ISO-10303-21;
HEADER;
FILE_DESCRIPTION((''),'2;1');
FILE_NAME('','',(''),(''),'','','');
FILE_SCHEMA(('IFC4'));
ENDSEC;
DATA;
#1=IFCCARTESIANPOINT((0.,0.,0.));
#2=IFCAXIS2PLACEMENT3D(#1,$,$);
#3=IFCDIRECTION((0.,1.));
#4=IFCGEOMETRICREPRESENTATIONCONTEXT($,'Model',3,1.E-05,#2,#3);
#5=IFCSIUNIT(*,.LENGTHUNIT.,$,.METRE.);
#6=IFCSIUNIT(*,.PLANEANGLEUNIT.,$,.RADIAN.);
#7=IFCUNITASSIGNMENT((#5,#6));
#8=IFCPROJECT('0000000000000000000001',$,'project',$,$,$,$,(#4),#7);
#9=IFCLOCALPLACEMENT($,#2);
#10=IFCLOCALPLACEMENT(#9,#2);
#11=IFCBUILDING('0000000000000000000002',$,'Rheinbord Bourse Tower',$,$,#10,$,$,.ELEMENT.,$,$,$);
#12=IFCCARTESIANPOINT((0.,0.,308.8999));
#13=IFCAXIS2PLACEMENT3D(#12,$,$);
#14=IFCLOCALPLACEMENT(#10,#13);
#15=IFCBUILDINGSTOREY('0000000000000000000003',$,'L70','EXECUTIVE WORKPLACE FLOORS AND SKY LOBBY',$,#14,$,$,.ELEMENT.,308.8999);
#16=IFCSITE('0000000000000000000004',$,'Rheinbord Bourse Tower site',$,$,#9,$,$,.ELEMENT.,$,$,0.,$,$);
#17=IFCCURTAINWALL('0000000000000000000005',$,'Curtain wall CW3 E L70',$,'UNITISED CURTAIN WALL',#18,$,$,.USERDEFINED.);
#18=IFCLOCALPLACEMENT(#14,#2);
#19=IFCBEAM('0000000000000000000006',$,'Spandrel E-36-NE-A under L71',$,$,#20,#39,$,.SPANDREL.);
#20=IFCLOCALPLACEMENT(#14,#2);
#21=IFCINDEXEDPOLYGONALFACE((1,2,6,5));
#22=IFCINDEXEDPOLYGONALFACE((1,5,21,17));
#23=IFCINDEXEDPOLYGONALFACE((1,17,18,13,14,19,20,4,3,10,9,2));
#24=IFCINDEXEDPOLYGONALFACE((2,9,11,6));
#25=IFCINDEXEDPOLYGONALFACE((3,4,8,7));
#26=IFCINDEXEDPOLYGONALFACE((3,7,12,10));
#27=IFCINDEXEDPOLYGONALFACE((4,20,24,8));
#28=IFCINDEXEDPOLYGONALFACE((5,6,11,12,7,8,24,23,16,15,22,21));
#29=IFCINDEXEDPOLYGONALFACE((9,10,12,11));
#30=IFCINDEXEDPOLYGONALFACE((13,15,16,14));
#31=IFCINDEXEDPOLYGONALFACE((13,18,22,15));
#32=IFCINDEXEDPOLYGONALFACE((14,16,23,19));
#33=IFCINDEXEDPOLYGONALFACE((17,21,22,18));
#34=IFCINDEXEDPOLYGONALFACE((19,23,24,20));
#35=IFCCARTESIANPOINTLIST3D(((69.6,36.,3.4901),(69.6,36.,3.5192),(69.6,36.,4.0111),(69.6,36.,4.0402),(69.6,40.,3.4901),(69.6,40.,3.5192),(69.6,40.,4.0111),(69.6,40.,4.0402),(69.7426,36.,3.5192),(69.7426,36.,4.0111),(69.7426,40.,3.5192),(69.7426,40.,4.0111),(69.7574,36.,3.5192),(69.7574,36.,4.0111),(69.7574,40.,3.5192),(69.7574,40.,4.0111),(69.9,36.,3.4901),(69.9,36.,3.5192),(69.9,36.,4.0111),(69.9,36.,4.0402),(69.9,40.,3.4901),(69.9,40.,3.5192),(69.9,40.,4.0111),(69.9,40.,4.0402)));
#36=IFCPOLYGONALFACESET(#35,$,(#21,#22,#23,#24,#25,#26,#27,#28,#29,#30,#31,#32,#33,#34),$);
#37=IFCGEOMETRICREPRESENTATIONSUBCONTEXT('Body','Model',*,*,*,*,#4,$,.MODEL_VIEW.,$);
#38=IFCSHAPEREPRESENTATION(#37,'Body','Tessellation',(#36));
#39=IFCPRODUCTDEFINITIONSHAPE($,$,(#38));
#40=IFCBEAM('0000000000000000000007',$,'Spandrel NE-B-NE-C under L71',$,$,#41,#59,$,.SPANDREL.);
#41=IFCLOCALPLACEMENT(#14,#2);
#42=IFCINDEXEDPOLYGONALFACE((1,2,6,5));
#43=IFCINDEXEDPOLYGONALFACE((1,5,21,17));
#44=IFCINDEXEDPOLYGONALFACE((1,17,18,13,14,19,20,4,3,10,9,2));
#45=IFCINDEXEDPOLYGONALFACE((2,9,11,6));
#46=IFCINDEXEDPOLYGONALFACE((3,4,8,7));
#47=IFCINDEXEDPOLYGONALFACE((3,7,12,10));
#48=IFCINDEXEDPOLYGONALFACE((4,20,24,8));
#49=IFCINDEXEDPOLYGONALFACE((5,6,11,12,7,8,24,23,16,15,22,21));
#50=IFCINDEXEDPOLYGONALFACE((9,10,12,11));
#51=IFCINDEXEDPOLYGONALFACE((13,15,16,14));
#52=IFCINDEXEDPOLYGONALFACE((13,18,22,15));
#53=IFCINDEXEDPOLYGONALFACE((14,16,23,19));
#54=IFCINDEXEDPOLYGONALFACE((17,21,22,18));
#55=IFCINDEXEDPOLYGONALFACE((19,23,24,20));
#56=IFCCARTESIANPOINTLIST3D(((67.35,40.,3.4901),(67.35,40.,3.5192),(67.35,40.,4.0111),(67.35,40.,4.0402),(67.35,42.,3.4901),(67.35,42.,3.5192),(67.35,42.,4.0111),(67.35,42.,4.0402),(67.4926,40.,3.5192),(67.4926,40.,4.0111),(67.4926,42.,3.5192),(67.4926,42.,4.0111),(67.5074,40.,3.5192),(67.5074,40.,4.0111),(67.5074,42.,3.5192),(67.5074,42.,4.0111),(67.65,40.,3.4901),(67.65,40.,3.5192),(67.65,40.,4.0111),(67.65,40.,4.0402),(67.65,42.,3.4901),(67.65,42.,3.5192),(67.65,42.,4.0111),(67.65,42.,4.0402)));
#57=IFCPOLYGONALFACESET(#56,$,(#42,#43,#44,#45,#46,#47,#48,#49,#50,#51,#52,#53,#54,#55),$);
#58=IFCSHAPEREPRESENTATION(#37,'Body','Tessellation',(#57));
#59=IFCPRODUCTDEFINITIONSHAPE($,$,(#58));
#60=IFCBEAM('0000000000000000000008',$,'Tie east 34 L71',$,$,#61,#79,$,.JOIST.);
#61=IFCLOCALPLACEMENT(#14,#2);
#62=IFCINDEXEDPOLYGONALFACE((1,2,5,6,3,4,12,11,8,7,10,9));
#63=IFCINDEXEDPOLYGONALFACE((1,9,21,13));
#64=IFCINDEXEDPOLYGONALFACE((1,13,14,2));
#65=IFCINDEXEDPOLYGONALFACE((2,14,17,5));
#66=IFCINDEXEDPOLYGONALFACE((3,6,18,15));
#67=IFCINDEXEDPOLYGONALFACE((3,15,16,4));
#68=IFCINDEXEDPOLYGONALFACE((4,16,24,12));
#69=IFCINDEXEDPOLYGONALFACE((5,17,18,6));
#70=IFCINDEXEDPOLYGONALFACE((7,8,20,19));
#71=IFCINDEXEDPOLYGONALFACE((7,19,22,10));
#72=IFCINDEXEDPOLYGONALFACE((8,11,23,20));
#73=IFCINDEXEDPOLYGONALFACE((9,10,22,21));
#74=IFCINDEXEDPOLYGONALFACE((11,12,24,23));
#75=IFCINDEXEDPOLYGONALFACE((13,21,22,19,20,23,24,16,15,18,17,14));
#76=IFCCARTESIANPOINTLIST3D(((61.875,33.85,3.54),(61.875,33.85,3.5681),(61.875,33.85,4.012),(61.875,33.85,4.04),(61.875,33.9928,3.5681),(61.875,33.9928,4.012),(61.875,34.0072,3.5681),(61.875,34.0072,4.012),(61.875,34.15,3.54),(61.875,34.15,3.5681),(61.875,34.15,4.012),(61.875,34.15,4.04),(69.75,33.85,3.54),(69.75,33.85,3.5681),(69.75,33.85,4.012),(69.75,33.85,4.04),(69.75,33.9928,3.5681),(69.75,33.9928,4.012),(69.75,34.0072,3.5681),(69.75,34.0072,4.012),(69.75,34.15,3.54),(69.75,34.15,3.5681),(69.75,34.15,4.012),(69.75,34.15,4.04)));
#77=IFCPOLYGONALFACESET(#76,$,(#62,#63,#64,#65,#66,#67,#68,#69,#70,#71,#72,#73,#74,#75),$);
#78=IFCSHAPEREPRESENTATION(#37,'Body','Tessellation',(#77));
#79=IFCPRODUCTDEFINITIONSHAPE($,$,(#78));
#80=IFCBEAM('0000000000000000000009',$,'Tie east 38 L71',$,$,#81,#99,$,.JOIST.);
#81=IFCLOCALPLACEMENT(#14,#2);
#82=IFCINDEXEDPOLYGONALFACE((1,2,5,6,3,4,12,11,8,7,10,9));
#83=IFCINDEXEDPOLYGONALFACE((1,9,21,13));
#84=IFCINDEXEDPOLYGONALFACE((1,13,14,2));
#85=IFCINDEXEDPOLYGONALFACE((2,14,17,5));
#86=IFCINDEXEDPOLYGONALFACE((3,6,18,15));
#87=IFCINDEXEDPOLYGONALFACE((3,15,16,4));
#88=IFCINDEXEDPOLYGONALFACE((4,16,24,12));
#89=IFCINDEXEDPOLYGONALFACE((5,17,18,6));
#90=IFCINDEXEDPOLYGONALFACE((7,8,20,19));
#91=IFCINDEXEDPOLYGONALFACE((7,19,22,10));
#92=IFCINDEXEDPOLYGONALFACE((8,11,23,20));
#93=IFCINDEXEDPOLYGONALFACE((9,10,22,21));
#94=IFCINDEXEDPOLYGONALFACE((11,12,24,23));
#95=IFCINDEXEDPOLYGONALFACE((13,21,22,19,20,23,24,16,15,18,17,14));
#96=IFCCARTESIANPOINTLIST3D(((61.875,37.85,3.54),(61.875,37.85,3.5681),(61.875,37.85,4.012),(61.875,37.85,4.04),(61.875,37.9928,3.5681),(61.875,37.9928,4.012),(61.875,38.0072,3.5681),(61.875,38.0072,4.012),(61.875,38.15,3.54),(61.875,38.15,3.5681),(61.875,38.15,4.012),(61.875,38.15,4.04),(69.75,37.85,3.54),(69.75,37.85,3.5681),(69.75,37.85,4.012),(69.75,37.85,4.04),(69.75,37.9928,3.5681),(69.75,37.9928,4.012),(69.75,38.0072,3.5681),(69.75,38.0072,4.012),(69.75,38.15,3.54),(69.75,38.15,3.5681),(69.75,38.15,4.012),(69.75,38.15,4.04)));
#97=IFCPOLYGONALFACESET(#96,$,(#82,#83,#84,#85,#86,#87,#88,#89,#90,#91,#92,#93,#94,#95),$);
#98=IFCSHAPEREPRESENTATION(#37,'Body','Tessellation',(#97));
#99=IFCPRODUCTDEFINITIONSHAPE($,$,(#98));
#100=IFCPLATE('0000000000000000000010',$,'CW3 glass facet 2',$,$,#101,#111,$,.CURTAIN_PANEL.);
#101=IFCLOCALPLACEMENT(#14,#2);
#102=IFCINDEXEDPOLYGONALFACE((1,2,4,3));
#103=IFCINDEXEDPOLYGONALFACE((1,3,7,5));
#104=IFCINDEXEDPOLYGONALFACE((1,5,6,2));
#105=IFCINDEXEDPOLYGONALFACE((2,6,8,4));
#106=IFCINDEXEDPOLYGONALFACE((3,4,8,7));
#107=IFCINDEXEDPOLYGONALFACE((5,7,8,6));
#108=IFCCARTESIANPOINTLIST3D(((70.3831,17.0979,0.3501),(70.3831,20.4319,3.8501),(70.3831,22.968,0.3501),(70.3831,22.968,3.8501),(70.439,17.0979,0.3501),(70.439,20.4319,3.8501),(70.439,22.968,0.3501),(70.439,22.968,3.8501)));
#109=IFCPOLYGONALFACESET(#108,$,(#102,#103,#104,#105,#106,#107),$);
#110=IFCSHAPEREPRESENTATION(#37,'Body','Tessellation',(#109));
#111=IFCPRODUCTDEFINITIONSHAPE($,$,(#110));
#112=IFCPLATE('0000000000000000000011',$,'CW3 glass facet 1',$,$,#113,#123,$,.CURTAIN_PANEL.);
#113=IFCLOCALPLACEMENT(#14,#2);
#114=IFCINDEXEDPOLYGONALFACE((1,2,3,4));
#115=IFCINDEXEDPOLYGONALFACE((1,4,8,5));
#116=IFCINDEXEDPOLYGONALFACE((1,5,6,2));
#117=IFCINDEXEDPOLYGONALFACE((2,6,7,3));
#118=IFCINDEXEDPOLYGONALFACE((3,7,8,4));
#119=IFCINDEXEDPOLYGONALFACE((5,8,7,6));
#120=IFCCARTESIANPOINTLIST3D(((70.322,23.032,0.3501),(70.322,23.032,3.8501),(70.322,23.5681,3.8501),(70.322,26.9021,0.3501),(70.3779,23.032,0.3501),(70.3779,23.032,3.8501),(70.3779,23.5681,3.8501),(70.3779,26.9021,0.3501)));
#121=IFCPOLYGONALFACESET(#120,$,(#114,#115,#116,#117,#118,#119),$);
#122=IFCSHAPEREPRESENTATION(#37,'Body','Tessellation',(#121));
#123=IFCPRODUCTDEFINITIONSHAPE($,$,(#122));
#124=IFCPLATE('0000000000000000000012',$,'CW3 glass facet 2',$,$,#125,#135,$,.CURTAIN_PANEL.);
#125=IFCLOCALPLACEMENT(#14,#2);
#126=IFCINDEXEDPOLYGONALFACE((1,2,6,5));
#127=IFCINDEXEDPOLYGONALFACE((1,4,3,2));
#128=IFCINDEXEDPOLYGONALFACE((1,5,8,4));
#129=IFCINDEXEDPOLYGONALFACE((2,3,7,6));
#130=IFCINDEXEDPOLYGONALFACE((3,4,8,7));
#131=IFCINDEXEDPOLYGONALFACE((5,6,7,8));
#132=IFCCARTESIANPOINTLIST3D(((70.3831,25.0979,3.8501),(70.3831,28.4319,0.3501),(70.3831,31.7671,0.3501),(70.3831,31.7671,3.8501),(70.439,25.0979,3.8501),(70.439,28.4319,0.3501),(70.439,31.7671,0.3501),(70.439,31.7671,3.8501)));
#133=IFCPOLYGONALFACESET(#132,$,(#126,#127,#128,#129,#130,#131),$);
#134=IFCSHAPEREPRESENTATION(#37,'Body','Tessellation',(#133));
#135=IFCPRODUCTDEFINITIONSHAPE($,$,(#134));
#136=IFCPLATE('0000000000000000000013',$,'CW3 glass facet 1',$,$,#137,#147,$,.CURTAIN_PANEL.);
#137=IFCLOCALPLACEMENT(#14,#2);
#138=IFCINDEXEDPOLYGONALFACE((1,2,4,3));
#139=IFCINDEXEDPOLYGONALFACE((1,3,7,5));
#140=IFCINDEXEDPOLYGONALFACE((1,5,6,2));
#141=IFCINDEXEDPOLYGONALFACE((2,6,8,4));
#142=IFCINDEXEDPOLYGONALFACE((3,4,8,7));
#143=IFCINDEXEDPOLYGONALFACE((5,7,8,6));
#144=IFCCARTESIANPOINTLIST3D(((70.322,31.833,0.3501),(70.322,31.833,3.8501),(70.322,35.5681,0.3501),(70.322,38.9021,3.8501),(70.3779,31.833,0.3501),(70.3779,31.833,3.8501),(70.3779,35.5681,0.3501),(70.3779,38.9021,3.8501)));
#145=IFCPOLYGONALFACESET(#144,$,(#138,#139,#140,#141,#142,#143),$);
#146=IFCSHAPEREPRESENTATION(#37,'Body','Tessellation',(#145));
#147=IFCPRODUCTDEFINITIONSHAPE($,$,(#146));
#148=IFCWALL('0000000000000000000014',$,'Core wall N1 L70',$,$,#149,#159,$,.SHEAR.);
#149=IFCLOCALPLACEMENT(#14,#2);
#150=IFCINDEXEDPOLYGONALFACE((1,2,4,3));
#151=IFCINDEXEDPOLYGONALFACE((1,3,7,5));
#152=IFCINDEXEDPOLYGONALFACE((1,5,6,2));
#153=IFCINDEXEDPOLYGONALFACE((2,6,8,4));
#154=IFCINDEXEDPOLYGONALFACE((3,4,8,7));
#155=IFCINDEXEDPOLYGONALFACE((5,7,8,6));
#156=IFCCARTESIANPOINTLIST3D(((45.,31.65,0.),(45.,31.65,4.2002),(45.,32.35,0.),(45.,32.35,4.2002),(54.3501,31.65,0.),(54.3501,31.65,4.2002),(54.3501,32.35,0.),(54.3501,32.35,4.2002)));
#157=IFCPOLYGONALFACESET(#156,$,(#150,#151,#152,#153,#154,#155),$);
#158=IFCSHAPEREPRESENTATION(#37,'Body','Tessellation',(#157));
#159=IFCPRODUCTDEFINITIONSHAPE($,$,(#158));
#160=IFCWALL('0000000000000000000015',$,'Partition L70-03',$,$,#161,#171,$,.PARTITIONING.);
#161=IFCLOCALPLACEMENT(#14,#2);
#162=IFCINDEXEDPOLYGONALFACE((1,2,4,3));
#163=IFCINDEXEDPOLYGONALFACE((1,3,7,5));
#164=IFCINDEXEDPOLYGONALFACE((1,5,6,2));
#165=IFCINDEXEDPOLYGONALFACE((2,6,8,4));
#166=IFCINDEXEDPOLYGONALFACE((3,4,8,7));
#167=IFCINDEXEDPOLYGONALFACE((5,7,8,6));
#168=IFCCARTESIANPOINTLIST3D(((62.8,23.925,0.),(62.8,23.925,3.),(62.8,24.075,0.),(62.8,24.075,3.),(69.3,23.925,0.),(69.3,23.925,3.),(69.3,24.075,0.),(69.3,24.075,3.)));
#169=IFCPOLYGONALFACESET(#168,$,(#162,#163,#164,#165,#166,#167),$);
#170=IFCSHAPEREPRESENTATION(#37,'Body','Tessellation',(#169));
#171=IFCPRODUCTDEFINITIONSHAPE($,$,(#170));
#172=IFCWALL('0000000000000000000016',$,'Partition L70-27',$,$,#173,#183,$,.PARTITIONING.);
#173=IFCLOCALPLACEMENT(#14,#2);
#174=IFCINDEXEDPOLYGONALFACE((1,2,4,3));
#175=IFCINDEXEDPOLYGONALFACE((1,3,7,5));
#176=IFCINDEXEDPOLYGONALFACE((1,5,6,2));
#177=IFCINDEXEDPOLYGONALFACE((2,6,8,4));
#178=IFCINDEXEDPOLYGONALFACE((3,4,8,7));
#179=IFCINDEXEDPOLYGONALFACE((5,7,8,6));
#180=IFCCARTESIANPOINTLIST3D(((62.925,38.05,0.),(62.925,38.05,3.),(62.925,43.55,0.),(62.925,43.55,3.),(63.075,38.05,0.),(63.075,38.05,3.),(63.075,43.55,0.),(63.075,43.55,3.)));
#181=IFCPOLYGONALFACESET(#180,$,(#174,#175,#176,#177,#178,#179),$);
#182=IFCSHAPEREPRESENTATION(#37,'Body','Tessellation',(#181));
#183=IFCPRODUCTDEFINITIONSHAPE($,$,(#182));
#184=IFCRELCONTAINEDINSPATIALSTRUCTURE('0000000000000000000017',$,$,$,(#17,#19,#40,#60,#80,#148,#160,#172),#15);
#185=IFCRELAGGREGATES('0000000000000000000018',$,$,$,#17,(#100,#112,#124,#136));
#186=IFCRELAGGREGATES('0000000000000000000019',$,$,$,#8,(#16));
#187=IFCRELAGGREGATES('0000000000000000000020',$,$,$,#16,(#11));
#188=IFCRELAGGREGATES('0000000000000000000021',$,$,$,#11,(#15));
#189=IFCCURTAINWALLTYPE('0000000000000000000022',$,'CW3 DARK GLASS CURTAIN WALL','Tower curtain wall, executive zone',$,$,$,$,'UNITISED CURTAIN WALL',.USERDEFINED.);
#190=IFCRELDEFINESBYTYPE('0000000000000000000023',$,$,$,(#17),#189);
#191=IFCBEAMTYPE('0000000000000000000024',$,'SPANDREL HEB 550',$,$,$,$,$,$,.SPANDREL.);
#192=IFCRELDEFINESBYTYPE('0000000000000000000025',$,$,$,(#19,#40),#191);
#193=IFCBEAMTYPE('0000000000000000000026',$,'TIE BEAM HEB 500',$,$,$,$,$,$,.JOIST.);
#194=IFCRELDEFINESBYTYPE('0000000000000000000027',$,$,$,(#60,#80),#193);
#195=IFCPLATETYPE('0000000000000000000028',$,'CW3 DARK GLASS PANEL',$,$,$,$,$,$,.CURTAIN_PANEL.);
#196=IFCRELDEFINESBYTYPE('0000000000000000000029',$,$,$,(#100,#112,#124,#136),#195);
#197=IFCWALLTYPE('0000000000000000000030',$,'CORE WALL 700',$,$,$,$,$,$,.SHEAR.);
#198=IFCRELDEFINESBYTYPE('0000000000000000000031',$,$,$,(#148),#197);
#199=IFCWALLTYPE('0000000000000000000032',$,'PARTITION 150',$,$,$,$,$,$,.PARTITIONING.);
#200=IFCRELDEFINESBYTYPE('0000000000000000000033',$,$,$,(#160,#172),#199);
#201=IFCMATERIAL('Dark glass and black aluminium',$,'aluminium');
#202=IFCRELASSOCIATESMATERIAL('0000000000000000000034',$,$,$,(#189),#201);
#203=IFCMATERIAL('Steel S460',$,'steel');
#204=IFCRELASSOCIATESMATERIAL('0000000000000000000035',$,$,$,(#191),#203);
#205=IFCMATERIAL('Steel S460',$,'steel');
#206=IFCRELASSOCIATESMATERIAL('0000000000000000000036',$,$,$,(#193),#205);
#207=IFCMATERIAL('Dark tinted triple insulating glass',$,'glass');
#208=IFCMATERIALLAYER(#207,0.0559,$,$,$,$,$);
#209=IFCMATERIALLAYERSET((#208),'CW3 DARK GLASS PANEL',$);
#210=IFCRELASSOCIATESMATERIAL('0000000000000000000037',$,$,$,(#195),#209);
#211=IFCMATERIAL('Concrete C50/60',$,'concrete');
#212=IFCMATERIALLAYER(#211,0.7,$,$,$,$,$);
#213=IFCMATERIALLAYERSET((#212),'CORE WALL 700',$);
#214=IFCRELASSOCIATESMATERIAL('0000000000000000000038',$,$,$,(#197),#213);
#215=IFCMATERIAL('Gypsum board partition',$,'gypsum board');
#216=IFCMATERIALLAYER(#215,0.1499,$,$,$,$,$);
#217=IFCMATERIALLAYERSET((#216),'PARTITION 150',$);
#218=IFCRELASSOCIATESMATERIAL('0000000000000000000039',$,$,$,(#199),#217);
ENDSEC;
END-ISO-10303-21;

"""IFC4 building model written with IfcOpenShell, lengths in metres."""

from ifc_helpers import new_model, si_unit, direction, frame, frame_2d, origin, origin_2d, place, context, subcontext, project, spatial, polyline, rectangle, i_section, outline, extrude, material, layer, layer_set, material_profile, profile_set, type_object, element, aggregate, save


model = new_model("IFC4")

# Units and contexts
model_context = context("Model", 3, precision=1e-05, world=origin(), true_north=direction((0.0, 1.0)))
body_context = subcontext(model_context, "Body", "Model", "MODEL_VIEW")
ifc_project = project(units=[si_unit("LENGTHUNIT", "METRE"), si_unit("PLANEANGLEUNIT", "RADIAN")], contexts=[model_context])

# Site, building, storey
site_placement = place(None, origin())
site = spatial("IfcSite", under=ifc_project, at=site_placement, Name="Rheinbord Bourse Tower site", CompositionType="ELEMENT", RefElevation=0.0)
building_placement = place(site_placement, origin())
building = spatial("IfcBuilding", under=site, at=building_placement, Name="Rheinbord Bourse Tower", CompositionType="ELEMENT")
storey_placement = place(building_placement, frame((0.0, 0.0, 308.8999)))
storey = spatial("IfcBuildingStorey", under=building, at=storey_placement, Name="L70", Description="EXECUTIVE WORKPLACE FLOORS AND SKY LOBBY", CompositionType="ELEMENT", Elevation=308.8999)

# Curtain wall
ifc_material_1 = material(Name="Dark glass and black aluminium", Category="aluminium")
curtain_wall_type = type_object("IfcCurtainWallType", Name="CW3 DARK GLASS CURTAIN WALL", Description="Tower curtain wall, executive zone", ElementType="UNITISED CURTAIN WALL", PredefinedType="USERDEFINED", material=ifc_material_1)
curtain_wall_placement = place(storey_placement, origin())
curtain_wall = element("IfcCurtainWall", 1, at=curtain_wall_placement, inside=storey, type_object=curtain_wall_type, Name="Curtain wall CW3 E L70", ObjectType="UNITISED CURTAIN WALL", PredefinedType="USERDEFINED")

# Beams
ifc_material_2 = material(Name="Steel S460", Category="steel")
ifc_material_profile_1 = material_profile(ifc_material_2, i_section(OverallWidth=0.3, OverallDepth=0.55, WebThickness=0.0149, FlangeThickness=0.0291, at=origin_2d()), Name="HEB 550")
ifc_profile_set_1 = profile_set([ifc_material_profile_1], Name="Steel S460")
beam_type_1 = type_object("IfcBeamType", Name="SPANDREL HEB 550", PredefinedType="SPANDREL", material=ifc_profile_set_1)
for number, where, z_axis, x_axis, name in (
    (2, (69.75, 36.0, 3.7651), (0.0, 1.0, 0.0), (-1.0, 0.0, 0.0), "Spandrel E-36-NE-A under L71"),
):
    element("IfcBeam", number, at=place(storey_placement, frame(where, z_axis=z_axis, x_axis=x_axis)), inside=storey, type_object=beam_type_1, Name=name, PredefinedType="SPANDREL", context=body_context, shape_type="SweptSolid", body=[
        extrude(i_section(OverallWidth=0.3, OverallDepth=0.55, WebThickness=0.0149, FlangeThickness=0.0291, at=origin_2d()), origin(), (0.0, 0.0, 1.0), 4.0),
    ])
beam_placement = place(storey_placement, frame((67.5, 40.0, 3.7651), z_axis=(0.0, 1.0, 0.0), x_axis=(-1.0, 0.0, 0.0)))
element("IfcBeam", 3, at=beam_placement, inside=storey, type_object=beam_type_1, Name="Spandrel NE-B-NE-C under L71", PredefinedType="SPANDREL", context=body_context, shape_type="SweptSolid", body=[
    extrude(i_section(OverallWidth=0.3, OverallDepth=0.55, WebThickness=0.0149, FlangeThickness=0.0291, at=origin_2d()), origin(), (0.0, 0.0, 1.0), 2.0),
])
ifc_material_3 = material(Name="Steel S460", Category="steel")
ifc_material_profile_2 = material_profile(ifc_material_3, i_section(OverallWidth=0.3, OverallDepth=0.5, WebThickness=0.0144, FlangeThickness=0.0281, at=origin_2d()), Name="HEB 500")
ifc_profile_set_2 = profile_set([ifc_material_profile_2], Name="Steel S460")
beam_type_2 = type_object("IfcBeamType", Name="TIE BEAM HEB 500", PredefinedType="JOIST", material=ifc_profile_set_2)
for number, where, z_axis, x_axis, name in (
    (4, (61.875, 34.0, 3.79), (1.0, 0.0, 0.0), (0.0, 1.0, 0.0), "Tie east 34 L71"),
    (5, (61.875, 38.0, 3.79), (1.0, 0.0, 0.0), (0.0, 1.0, 0.0), "Tie east 38 L71"),
):
    element("IfcBeam", number, at=place(storey_placement, frame(where, z_axis=z_axis, x_axis=x_axis)), inside=storey, type_object=beam_type_2, Name=name, PredefinedType="JOIST", context=body_context, shape_type="SweptSolid", body=[
        extrude(i_section(OverallWidth=0.3, OverallDepth=0.5, WebThickness=0.0144, FlangeThickness=0.0281, at=origin_2d()), origin(), (0.0, 0.0, 1.0), 7.875),
    ])

# Plates
ifc_material_4 = material(Name="Dark tinted triple insulating glass", Category="glass")
ifc_layer_1 = layer(ifc_material_4, 0.0559)
ifc_layer_set_1 = layer_set([ifc_layer_1], Name="CW3 DARK GLASS PANEL")
plate_type = type_object("IfcPlateType", Name="CW3 DARK GLASS PANEL", PredefinedType="CURTAIN_PANEL", material=ifc_layer_set_1)
plate_1_placement = place(storey_placement, frame((70.439, 22.968, 3.8501), z_axis=(-1.0, 0.0, 0.0), x_axis=(0.0, 0.0, -1.0)))
plate_1 = element("IfcPlate", 6, at=plate_1_placement, type_object=plate_type, Name="CW3 glass facet 2", PredefinedType="CURTAIN_PANEL", context=body_context, shape_type="SweptSolid", body=[
    extrude(outline(polyline([(0.0, 0.0), (3.5, 0.0), (3.5, 5.8701), (0.0, 2.5361), (0.0, 0.0)])), origin(), (0.0, 0.0, 1.0), 0.0559),
])
plate_2_placement = place(storey_placement, frame((70.3779, 23.032, 0.3501), z_axis=(-1.0, 0.0, 0.0), x_axis=(0.0, 0.0, 1.0)))
plate_2 = element("IfcPlate", 7, at=plate_2_placement, type_object=plate_type, Name="CW3 glass facet 1", PredefinedType="CURTAIN_PANEL", context=body_context, shape_type="SweptSolid", body=[
    extrude(outline(polyline([(0.0, 0.0), (3.5, 0.0), (3.5, 0.5361), (0.0, 3.8701), (0.0, 0.0)])), origin(), (0.0, 0.0, 1.0), 0.0559),
])
plate_3_placement = place(storey_placement, frame((70.439, 31.7671, 3.8501), z_axis=(-1.0, 0.0, 0.0), x_axis=(0.0, 0.0, -1.0)))
plate_3 = element("IfcPlate", 8, at=plate_3_placement, type_object=plate_type, Name="CW3 glass facet 2", PredefinedType="CURTAIN_PANEL", context=body_context, shape_type="SweptSolid", body=[
    extrude(outline(polyline([(0.0, 0.0), (3.5, 0.0), (3.5, 3.3352), (0.0, 6.6692), (0.0, 0.0)])), origin(), (0.0, 0.0, 1.0), 0.0559),
])
plate_4_placement = place(storey_placement, frame((70.3779, 31.833, 0.3501), z_axis=(-1.0, 0.0, 0.0), x_axis=(0.0, 0.0, 1.0)))
plate_4 = element("IfcPlate", 9, at=plate_4_placement, type_object=plate_type, Name="CW3 glass facet 1", PredefinedType="CURTAIN_PANEL", context=body_context, shape_type="SweptSolid", body=[
    extrude(outline(polyline([(0.0, 0.0), (3.5, 0.0), (3.5, 7.0691), (0.0, 3.7351), (0.0, 0.0)])), origin(), (0.0, 0.0, 1.0), 0.0559),
])
aggregate(curtain_wall, [plate_1, plate_2, plate_3, plate_4])

# Walls
ifc_material_5 = material(Name="Concrete C50/60", Category="concrete")
ifc_layer_2 = layer(ifc_material_5, 0.7)
ifc_layer_set_2 = layer_set([ifc_layer_2], Name="CORE WALL 700")
wall_type_1 = type_object("IfcWallType", Name="CORE WALL 700", PredefinedType="SHEAR", material=ifc_layer_set_2)
wall_1_placement = place(storey_placement, frame((54.3501, 32.0, 0.0), z_axis=(0.0, 0.0, 1.0), x_axis=(-1.0, 0.0, 0.0)))
element("IfcWall", 10, at=wall_1_placement, inside=storey, type_object=wall_type_1, Name="Core wall N1 L70", PredefinedType="SHEAR", context=body_context, shape_type="SweptSolid", body=[
    extrude(rectangle(XDim=9.3501, YDim=0.7, at=frame_2d((4.675, 0.0))), origin(), (0.0, 0.0, 1.0), 4.2002),
])
ifc_material_6 = material(Name="Gypsum board partition", Category="gypsum board")
ifc_layer_3 = layer(ifc_material_6, 0.1499)
ifc_layer_set_3 = layer_set([ifc_layer_3], Name="PARTITION 150")
wall_type_2 = type_object("IfcWallType", Name="PARTITION 150", PredefinedType="PARTITIONING", material=ifc_layer_set_3)
wall_2_placement = place(storey_placement, frame((62.8, 24.0, 0.0), z_axis=(0.0, 0.0, 1.0), x_axis=(1.0, 0.0, 0.0)))
element("IfcWall", 11, at=wall_2_placement, inside=storey, type_object=wall_type_2, Name="Partition L70-03", PredefinedType="PARTITIONING", context=body_context, shape_type="SweptSolid", body=[
    extrude(rectangle(XDim=6.5, YDim=0.1499, at=frame_2d((3.25, 0.0))), origin(), (0.0, 0.0, 1.0), 3.0),
])
wall_3_placement = place(storey_placement, frame((63.0, 38.05, 0.0), z_axis=(0.0, 0.0, 1.0), x_axis=(0.0, 1.0, 0.0)))
element("IfcWall", 12, at=wall_3_placement, inside=storey, type_object=wall_type_2, Name="Partition L70-27", PredefinedType="PARTITIONING", context=body_context, shape_type="SweptSolid", body=[
    extrude(rectangle(XDim=5.5, YDim=0.1499, at=frame_2d((2.75, 0.0))), origin(), (0.0, 0.0, 1.0), 3.0),
])

save(model, "model.ifc")
